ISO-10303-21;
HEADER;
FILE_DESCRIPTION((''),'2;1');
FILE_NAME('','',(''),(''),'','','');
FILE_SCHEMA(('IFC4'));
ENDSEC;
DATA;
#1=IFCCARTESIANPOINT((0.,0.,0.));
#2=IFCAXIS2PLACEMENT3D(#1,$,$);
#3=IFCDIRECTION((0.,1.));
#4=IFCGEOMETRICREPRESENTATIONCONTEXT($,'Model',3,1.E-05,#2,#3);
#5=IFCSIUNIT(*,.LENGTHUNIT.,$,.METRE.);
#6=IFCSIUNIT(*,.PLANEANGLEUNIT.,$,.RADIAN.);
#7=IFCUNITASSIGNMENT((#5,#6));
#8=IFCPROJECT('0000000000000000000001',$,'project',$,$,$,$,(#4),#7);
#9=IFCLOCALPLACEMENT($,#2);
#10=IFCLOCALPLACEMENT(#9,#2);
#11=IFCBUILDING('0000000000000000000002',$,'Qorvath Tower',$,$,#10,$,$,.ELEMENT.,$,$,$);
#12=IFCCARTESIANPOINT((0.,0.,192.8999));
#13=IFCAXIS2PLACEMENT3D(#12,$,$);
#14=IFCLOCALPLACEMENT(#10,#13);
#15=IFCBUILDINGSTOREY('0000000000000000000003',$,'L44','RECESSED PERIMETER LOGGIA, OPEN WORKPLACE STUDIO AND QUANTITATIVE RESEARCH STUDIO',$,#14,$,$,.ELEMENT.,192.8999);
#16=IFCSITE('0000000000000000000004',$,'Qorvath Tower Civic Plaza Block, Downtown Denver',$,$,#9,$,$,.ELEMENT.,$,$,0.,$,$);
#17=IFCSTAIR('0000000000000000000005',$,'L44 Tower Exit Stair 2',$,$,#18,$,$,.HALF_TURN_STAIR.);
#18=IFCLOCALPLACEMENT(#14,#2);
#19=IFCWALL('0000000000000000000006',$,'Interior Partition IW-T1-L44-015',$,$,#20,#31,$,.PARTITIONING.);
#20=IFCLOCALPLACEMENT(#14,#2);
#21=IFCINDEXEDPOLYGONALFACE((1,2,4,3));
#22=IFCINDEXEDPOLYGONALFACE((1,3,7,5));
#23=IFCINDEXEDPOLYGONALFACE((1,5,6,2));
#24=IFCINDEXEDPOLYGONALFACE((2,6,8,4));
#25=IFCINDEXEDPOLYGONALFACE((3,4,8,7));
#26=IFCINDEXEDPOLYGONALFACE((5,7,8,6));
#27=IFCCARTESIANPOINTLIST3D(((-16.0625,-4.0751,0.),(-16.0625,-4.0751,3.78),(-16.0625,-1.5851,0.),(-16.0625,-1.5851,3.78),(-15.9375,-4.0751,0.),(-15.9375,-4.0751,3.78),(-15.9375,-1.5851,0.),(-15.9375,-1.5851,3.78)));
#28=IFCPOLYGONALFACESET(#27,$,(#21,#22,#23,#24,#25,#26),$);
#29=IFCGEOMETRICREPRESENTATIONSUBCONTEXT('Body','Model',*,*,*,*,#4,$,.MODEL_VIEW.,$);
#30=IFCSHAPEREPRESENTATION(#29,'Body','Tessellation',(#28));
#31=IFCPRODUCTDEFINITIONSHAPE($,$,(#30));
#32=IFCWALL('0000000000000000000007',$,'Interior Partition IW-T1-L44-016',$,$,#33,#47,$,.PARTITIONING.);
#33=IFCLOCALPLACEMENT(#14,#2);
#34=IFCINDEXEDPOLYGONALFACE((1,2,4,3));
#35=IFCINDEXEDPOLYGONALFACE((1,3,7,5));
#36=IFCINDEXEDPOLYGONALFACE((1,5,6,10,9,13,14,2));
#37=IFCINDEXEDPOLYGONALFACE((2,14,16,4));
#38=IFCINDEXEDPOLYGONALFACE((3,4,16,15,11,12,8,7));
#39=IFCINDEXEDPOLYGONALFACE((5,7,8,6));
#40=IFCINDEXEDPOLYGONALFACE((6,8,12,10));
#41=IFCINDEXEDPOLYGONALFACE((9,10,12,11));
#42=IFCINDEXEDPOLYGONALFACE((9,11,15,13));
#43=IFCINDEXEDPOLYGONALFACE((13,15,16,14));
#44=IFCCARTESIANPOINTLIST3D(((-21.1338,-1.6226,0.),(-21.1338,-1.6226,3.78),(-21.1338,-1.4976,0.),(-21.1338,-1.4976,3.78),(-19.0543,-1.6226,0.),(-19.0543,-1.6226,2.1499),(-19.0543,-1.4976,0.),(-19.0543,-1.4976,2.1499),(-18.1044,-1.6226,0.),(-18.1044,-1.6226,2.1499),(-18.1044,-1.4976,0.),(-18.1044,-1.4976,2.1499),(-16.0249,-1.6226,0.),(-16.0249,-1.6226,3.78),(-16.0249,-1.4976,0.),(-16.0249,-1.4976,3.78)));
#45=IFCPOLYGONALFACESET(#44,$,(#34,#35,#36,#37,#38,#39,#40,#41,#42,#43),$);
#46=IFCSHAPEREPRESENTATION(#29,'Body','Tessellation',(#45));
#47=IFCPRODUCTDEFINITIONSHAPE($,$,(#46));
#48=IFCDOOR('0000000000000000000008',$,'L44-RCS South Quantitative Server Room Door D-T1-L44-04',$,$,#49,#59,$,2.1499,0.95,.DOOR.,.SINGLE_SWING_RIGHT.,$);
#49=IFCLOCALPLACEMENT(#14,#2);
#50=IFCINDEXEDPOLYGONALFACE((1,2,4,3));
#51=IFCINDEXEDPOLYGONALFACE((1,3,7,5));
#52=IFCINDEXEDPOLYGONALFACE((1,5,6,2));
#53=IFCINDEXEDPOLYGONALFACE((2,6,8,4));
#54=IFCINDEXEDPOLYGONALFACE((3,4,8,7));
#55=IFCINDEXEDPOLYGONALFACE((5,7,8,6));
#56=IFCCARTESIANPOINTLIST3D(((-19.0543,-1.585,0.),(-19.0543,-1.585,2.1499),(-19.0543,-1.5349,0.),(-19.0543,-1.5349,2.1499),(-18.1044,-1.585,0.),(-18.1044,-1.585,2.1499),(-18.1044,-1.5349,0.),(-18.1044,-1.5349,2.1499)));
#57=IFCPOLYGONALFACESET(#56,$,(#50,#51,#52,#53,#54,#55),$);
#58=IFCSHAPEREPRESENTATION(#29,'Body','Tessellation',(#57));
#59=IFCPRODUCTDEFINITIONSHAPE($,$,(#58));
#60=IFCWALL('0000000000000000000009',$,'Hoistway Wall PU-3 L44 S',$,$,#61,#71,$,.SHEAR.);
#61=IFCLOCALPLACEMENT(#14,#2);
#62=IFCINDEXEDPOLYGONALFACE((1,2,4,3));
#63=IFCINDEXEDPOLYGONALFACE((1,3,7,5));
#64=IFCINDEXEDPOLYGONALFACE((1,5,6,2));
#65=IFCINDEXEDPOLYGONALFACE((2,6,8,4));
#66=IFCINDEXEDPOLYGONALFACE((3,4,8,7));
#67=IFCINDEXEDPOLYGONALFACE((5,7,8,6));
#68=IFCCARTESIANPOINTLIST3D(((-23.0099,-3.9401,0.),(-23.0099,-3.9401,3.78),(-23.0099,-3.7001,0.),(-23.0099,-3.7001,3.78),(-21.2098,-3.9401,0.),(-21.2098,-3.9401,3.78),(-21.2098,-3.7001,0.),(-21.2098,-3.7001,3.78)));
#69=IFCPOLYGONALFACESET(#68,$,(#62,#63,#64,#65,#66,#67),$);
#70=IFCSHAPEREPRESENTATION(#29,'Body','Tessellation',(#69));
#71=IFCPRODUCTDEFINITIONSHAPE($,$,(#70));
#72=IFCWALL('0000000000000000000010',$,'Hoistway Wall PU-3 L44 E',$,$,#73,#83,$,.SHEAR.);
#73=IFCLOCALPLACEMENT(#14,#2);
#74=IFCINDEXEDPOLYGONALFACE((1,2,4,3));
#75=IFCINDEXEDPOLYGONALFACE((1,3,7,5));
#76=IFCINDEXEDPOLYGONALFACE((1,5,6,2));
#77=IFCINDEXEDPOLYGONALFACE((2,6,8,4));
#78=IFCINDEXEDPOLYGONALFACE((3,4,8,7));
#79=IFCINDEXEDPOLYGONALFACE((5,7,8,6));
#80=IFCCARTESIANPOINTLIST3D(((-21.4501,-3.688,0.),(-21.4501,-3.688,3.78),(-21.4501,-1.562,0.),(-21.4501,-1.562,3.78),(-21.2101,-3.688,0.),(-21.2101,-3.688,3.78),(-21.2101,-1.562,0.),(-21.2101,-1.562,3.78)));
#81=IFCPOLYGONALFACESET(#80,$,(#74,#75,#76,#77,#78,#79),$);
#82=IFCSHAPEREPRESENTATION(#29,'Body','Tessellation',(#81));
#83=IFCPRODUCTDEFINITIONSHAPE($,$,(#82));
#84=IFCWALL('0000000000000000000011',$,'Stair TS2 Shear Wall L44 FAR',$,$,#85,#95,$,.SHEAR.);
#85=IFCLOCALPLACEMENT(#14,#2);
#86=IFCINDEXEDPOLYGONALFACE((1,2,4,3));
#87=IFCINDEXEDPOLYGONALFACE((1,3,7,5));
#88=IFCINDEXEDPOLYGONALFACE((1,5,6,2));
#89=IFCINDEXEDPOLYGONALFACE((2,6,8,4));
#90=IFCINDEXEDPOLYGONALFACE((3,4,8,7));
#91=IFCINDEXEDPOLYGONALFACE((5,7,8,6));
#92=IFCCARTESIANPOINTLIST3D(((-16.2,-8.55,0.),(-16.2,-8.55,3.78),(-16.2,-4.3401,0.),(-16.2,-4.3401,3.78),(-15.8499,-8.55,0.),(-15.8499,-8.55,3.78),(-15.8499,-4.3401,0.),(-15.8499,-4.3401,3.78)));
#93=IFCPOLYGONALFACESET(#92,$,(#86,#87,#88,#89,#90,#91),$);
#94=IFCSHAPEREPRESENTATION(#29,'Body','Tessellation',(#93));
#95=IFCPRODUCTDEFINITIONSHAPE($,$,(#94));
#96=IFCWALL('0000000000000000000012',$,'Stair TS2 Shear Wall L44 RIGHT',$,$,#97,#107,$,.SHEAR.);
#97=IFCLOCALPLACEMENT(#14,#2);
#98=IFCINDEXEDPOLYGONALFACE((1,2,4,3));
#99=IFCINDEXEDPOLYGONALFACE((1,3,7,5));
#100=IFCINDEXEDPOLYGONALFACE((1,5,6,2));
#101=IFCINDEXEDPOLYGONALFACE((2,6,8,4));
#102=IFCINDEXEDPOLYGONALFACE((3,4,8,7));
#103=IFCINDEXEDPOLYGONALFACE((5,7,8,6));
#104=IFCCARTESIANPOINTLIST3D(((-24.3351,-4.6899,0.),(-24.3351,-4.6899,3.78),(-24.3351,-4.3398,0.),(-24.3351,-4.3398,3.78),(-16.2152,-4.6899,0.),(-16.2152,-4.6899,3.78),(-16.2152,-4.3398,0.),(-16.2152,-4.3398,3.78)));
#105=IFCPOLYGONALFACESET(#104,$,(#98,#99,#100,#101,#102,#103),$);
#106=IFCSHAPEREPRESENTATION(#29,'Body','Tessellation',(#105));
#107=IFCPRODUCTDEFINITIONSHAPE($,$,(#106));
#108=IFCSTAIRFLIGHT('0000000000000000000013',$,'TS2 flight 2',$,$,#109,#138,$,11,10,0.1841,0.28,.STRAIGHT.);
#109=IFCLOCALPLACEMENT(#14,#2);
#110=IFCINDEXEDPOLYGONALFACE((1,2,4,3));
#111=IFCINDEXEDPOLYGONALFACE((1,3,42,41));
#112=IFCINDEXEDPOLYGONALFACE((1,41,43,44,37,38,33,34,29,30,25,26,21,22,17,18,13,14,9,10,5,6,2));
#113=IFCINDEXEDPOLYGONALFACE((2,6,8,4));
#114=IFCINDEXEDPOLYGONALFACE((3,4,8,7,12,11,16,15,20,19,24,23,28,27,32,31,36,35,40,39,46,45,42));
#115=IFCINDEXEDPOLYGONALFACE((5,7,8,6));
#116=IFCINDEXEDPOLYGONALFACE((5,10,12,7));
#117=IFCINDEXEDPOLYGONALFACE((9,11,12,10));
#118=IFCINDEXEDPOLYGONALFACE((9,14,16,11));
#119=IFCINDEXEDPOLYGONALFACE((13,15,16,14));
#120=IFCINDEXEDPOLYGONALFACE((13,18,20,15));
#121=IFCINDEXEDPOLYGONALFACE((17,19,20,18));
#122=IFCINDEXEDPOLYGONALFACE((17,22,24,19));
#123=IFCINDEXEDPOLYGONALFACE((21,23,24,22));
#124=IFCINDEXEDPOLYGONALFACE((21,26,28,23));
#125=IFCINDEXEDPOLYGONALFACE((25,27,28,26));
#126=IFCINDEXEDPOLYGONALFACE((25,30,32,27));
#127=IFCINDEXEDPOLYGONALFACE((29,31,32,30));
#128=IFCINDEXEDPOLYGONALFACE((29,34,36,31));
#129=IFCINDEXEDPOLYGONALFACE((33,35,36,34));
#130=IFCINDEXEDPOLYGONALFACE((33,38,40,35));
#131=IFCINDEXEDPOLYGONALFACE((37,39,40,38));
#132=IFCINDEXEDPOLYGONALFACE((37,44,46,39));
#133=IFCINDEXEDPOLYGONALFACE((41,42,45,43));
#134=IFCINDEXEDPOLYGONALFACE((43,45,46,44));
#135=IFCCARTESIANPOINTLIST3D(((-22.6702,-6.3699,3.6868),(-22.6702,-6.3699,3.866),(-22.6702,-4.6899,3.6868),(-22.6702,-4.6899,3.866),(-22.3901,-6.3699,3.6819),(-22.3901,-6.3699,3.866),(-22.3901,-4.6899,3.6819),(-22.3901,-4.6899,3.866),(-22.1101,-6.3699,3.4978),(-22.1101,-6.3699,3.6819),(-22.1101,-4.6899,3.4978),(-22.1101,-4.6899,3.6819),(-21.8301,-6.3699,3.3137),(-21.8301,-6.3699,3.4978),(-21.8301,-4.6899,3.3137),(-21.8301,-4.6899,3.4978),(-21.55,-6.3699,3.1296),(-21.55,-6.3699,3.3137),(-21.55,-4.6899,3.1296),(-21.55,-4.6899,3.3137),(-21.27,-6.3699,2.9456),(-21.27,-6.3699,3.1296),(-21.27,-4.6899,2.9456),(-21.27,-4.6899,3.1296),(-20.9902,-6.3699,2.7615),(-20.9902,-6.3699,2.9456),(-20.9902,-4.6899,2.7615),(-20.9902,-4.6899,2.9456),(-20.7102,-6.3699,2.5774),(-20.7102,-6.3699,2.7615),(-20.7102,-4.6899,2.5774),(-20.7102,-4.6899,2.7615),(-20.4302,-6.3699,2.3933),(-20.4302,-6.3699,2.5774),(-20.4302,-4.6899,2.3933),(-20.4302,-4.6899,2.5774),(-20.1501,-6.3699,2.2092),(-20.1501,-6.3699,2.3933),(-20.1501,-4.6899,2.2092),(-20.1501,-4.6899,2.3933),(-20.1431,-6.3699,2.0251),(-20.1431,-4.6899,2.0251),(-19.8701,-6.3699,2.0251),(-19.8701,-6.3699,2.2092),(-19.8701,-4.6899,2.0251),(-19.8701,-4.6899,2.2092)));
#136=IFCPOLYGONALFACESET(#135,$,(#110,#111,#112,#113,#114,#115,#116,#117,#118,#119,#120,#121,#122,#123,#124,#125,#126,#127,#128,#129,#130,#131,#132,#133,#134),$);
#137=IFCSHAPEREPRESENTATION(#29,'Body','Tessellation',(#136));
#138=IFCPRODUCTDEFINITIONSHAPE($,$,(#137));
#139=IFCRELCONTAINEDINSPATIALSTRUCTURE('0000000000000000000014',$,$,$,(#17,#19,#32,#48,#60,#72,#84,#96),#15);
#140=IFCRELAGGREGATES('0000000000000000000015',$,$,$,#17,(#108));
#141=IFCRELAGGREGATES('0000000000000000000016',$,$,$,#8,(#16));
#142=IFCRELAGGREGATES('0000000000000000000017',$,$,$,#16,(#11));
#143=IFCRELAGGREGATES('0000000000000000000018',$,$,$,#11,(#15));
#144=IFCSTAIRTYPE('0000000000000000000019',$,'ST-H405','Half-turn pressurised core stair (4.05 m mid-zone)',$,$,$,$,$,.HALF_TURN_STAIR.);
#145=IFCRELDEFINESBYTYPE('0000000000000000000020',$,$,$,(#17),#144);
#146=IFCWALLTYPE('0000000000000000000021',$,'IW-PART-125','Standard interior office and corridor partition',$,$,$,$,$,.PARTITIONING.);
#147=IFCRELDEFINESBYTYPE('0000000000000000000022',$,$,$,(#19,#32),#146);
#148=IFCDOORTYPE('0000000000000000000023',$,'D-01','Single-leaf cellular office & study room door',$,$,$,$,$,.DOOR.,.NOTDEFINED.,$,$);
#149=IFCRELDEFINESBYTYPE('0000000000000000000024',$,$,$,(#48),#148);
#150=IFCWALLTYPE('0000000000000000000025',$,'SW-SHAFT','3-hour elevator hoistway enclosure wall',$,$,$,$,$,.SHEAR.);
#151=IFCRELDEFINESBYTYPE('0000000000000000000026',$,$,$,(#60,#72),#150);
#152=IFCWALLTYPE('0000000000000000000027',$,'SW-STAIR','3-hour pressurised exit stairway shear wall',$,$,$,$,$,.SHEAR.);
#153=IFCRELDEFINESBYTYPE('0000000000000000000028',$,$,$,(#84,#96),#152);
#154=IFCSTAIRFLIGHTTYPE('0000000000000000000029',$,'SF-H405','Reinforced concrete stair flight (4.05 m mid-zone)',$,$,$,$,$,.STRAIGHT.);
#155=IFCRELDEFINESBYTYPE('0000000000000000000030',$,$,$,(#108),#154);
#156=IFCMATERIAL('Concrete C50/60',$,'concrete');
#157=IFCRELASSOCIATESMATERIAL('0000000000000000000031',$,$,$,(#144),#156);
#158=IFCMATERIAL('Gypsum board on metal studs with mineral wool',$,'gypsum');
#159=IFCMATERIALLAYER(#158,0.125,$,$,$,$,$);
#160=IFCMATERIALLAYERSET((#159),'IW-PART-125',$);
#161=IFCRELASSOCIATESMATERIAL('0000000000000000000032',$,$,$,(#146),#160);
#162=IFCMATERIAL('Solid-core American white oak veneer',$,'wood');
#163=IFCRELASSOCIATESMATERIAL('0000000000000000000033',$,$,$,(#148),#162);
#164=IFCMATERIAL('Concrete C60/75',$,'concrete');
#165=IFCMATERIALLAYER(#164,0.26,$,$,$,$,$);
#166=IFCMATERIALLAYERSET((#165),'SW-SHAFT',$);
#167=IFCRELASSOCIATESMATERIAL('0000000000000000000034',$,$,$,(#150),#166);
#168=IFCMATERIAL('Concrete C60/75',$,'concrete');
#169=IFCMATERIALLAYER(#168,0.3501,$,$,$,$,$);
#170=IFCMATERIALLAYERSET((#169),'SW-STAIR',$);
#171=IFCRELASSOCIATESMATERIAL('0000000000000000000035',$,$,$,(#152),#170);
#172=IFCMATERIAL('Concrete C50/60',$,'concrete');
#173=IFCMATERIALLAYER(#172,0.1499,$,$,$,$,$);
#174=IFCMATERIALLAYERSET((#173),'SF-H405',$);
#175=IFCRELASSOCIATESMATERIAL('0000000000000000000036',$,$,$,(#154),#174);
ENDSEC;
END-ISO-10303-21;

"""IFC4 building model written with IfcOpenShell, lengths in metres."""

from ifc_helpers import new_model, si_unit, direction, frame, frame_2d, origin, place, context, subcontext, project, spatial, polyline, rectangle, outline, extrude, material, layer, layer_set, type_object, element, fill, aggregate, save


model = new_model("IFC4")

# Units and contexts
model_context = context("Model", 3, precision=1e-05, world=origin(), true_north=direction((0.0, 1.0)))
body_context = subcontext(model_context, "Body", "Model", "MODEL_VIEW")
ifc_project = project(units=[si_unit("LENGTHUNIT", "METRE"), si_unit("PLANEANGLEUNIT", "RADIAN")], contexts=[model_context])

# Site, building, storey
site_placement = place(None, origin())
site = spatial("IfcSite", under=ifc_project, at=site_placement, Name="Qorvath Tower Civic Plaza Block, Downtown Denver", CompositionType="ELEMENT", RefElevation=0.0)
building_placement = place(site_placement, origin())
building = spatial("IfcBuilding", under=site, at=building_placement, Name="Qorvath Tower", CompositionType="ELEMENT")
storey_placement = place(building_placement, frame((0.0, 0.0, 192.8999)))
storey = spatial("IfcBuildingStorey", under=building, at=storey_placement, Name="L44", Description="RECESSED PERIMETER LOGGIA, OPEN WORKPLACE STUDIO AND QUANTITATIVE RESEARCH STUDIO", CompositionType="ELEMENT", Elevation=192.8999)

# Stair
ifc_material_1 = material(Name="Concrete C50/60", Category="concrete")
stair_type = type_object("IfcStairType", Name="ST-H405", Description="Half-turn pressurised core stair (4.05 m mid-zone)", PredefinedType="HALF_TURN_STAIR", material=ifc_material_1)
stair_1_placement = place(storey_placement, origin())
stair_1 = element("IfcStair", 1, at=stair_1_placement, inside=storey, type_object=stair_type, Name="L44 Tower Exit Stair 2", PredefinedType="HALF_TURN_STAIR")

# Wall
ifc_material_2 = material(Name="Gypsum board on metal studs with mineral wool", Category="gypsum")
ifc_layer_1 = layer(ifc_material_2, 0.125)
ifc_layer_set_1 = layer_set([ifc_layer_1], Name="IW-PART-125")
wall_type_1 = type_object("IfcWallType", Name="IW-PART-125", Description="Standard interior office and corridor partition", PredefinedType="PARTITIONING", material=ifc_layer_set_1)
wall_1_placement = place(storey_placement, frame((-16.0, -4.0752, 0.0), z_axis=(0.0, 0.0, 1.0), x_axis=(0.0, 1.0, 0.0)))
element("IfcWall", 2, at=wall_1_placement, inside=storey, type_object=wall_type_1, Name="Interior Partition IW-T1-L44-015", PredefinedType="PARTITIONING", context=body_context, shape_type="SweptSolid", body=[
    extrude(rectangle(XDim=2.49, YDim=0.125, at=frame_2d((1.2451, 0.0))), origin(), (0.0, 0.0, 1.0), 3.78),
])

# Wall, opening, door
wall_2_placement = place(storey_placement, frame((-16.0249, -1.5601, 0.0), z_axis=(0.0, 0.0, 1.0), x_axis=(-1.0, 0.0, 0.0)))
wall_2 = element("IfcWall", 3, at=wall_2_placement, inside=storey, type_object=wall_type_1, Name="Interior Partition IW-T1-L44-016", PredefinedType="PARTITIONING", context=body_context, shape_type="SweptSolid", body=[
    extrude(rectangle(XDim=5.1089, YDim=0.125, at=frame_2d((2.5544, 0.0))), origin(), (0.0, 0.0, 1.0), 3.78),
])
opening_1_placement = place(wall_2_placement, frame((2.0793, 0.0, 0.0)))
opening_1 = element("IfcOpeningElement", 4, at=opening_1_placement, cuts=wall_2, PredefinedType="OPENING", context=body_context, shape_type="SweptSolid", body=[
    extrude(rectangle(XDim=0.95, YDim=2.1499, at=frame_2d((0.4751, 1.075))), frame((0.0, 0.0725, 0.0), z_axis=(0.0, -1.0, 0.0), x_axis=(1.0, 0.0, 0.0)), (0.0, 0.0, 1.0), 0.145),
])
ifc_material_3 = material(Name="Solid-core American white oak veneer", Category="wood")
door_type_1 = type_object("IfcDoorType", Name="D-01", Description="Single-leaf cellular office & study room door", OperationType="NOTDEFINED", PredefinedType="DOOR", material=ifc_material_3)
door_1_placement = place(opening_1_placement, origin())
door_1 = element("IfcDoor", 5, at=door_1_placement, inside=storey, type_object=door_type_1, Name="L44-RCS South Quantitative Server Room Door D-T1-L44-04", OperationType="SINGLE_SWING_RIGHT", OverallHeight=2.1499, OverallWidth=0.95, PredefinedType="DOOR", context=body_context, shape_type="SweptSolid", body=[
    extrude(rectangle(XDim=0.95, YDim=2.1499, at=frame_2d((0.4751, 1.075))), frame((0.0, 0.0249, 0.0), z_axis=(0.0, -1.0, 0.0), x_axis=(1.0, 0.0, 0.0)), (0.0, 0.0, 1.0), 0.05),
])
fill(opening_1, door_1)

# Walls
ifc_material_4 = material(Name="Concrete C60/75", Category="concrete")
ifc_layer_2 = layer(ifc_material_4, 0.26)
ifc_layer_set_2 = layer_set([ifc_layer_2], Name="SW-SHAFT")
wall_type_2 = type_object("IfcWallType", Name="SW-SHAFT", Description="3-hour elevator hoistway enclosure wall", PredefinedType="SHEAR", material=ifc_layer_set_2)
wall_3_placement = place(storey_placement, frame((-21.21, -3.8201, 0.0), z_axis=(0.0, 0.0, 1.0), x_axis=(-1.0, 0.0, 0.0)))
element("IfcWall", 6, at=wall_3_placement, inside=storey, type_object=wall_type_2, Name="Hoistway Wall PU-3 L44 S", PredefinedType="SHEAR", context=body_context, shape_type="SweptSolid", body=[
    extrude(rectangle(XDim=1.8, YDim=0.24, at=frame_2d((0.8999, 0.0))), origin(), (0.0, 0.0, 1.0), 3.78),
])
wall_4_placement = place(storey_placement, frame((-21.3301, -1.562, 0.0), z_axis=(0.0, 0.0, 1.0), x_axis=(0.0, -1.0, 0.0)))
element("IfcWall", 7, at=wall_4_placement, inside=storey, type_object=wall_type_2, Name="Hoistway Wall PU-3 L44 E", PredefinedType="SHEAR", context=body_context, shape_type="SweptSolid", body=[
    extrude(rectangle(XDim=2.126, YDim=0.24, at=frame_2d((1.063, 0.0))), origin(), (0.0, 0.0, 1.0), 3.78),
])
ifc_material_5 = material(Name="Concrete C60/75", Category="concrete")
ifc_layer_3 = layer(ifc_material_5, 0.3501)
ifc_layer_set_3 = layer_set([ifc_layer_3], Name="SW-STAIR")
wall_type_3 = type_object("IfcWallType", Name="SW-STAIR", Description="3-hour pressurised exit stairway shear wall", PredefinedType="SHEAR", material=ifc_layer_set_3)
wall_5_placement = place(storey_placement, frame((-16.0249, -8.55, 0.0), z_axis=(0.0, 0.0, 1.0), x_axis=(0.0, 1.0, 0.0)))
element("IfcWall", 8, at=wall_5_placement, inside=storey, type_object=wall_type_3, Name="Stair TS2 Shear Wall L44 FAR", PredefinedType="SHEAR", context=body_context, shape_type="SweptSolid", body=[
    extrude(rectangle(XDim=4.21, YDim=0.3501, at=frame_2d((2.105, 0.0))), origin(), (0.0, 0.0, 1.0), 3.78),
])
wall_6_placement = place(storey_placement, frame((-16.2151, -4.5149, 0.0), z_axis=(0.0, 0.0, 1.0), x_axis=(-1.0, 0.0, 0.0)))
element("IfcWall", 9, at=wall_6_placement, inside=storey, type_object=wall_type_3, Name="Stair TS2 Shear Wall L44 RIGHT", PredefinedType="SHEAR", context=body_context, shape_type="SweptSolid", body=[
    extrude(rectangle(XDim=8.1199, YDim=0.3501, at=frame_2d((4.0601, 0.0))), origin(), (0.0, 0.0, 1.0), 3.78),
])

# Stair flight
ifc_material_6 = material(Name="Concrete C50/60", Category="concrete")
ifc_layer_4 = layer(ifc_material_6, 0.1499)
ifc_layer_set_4 = layer_set([ifc_layer_4], Name="SF-H405")
stair_flight_type = type_object("IfcStairFlightType", Name="SF-H405", Description="Reinforced concrete stair flight (4.05 m mid-zone)", PredefinedType="STRAIGHT", material=ifc_layer_set_4)
stair_flight_placement = place(storey_placement, frame((-19.8701, -5.53, 2.0251), z_axis=(0.0, 0.0, 1.0), x_axis=(-1.0, 0.0, 0.0)))
stair_flight = element("IfcStairFlight", 10, at=stair_flight_placement, type_object=stair_flight_type, Name="TS2 flight 2", NumberOfRisers=11, NumberOfTreads=10, PredefinedType="STRAIGHT", RiserHeight=0.1841, TreadLength=0.28, context=body_context, shape_type="SweptSolid", body=[
    extrude(outline(polyline([(0.0, 0.0), (0.0, 0.1841), (0.28, 0.1841), (0.28, 0.3682), (0.5601, 0.3682), (0.5601, 0.5522), (0.8401, 0.5522), (0.8401, 0.7363), (1.1201, 0.7363), (1.1201, 0.9204), (1.3999, 0.9204), (1.3999, 1.1045), (1.6799, 1.1045), (1.6799, 1.2886), (1.96, 1.2886), (1.96, 1.4727), (2.24, 1.4727), (2.24, 1.6567), (2.52, 1.6567), (2.52, 1.8408), (2.8, 1.8408), (2.8, 2.0249), (2.8, 1.6616), (0.2729, 0.0), (0.0, 0.0)])), frame((0.0, 0.8398, 0.0), z_axis=(0.0, -1.0, 0.0), x_axis=(1.0, 0.0, 0.0)), (0.0, 0.0, 1.0), 1.6799),
])
aggregate(stair_1, [stair_flight])

save(model, "model.ifc")
